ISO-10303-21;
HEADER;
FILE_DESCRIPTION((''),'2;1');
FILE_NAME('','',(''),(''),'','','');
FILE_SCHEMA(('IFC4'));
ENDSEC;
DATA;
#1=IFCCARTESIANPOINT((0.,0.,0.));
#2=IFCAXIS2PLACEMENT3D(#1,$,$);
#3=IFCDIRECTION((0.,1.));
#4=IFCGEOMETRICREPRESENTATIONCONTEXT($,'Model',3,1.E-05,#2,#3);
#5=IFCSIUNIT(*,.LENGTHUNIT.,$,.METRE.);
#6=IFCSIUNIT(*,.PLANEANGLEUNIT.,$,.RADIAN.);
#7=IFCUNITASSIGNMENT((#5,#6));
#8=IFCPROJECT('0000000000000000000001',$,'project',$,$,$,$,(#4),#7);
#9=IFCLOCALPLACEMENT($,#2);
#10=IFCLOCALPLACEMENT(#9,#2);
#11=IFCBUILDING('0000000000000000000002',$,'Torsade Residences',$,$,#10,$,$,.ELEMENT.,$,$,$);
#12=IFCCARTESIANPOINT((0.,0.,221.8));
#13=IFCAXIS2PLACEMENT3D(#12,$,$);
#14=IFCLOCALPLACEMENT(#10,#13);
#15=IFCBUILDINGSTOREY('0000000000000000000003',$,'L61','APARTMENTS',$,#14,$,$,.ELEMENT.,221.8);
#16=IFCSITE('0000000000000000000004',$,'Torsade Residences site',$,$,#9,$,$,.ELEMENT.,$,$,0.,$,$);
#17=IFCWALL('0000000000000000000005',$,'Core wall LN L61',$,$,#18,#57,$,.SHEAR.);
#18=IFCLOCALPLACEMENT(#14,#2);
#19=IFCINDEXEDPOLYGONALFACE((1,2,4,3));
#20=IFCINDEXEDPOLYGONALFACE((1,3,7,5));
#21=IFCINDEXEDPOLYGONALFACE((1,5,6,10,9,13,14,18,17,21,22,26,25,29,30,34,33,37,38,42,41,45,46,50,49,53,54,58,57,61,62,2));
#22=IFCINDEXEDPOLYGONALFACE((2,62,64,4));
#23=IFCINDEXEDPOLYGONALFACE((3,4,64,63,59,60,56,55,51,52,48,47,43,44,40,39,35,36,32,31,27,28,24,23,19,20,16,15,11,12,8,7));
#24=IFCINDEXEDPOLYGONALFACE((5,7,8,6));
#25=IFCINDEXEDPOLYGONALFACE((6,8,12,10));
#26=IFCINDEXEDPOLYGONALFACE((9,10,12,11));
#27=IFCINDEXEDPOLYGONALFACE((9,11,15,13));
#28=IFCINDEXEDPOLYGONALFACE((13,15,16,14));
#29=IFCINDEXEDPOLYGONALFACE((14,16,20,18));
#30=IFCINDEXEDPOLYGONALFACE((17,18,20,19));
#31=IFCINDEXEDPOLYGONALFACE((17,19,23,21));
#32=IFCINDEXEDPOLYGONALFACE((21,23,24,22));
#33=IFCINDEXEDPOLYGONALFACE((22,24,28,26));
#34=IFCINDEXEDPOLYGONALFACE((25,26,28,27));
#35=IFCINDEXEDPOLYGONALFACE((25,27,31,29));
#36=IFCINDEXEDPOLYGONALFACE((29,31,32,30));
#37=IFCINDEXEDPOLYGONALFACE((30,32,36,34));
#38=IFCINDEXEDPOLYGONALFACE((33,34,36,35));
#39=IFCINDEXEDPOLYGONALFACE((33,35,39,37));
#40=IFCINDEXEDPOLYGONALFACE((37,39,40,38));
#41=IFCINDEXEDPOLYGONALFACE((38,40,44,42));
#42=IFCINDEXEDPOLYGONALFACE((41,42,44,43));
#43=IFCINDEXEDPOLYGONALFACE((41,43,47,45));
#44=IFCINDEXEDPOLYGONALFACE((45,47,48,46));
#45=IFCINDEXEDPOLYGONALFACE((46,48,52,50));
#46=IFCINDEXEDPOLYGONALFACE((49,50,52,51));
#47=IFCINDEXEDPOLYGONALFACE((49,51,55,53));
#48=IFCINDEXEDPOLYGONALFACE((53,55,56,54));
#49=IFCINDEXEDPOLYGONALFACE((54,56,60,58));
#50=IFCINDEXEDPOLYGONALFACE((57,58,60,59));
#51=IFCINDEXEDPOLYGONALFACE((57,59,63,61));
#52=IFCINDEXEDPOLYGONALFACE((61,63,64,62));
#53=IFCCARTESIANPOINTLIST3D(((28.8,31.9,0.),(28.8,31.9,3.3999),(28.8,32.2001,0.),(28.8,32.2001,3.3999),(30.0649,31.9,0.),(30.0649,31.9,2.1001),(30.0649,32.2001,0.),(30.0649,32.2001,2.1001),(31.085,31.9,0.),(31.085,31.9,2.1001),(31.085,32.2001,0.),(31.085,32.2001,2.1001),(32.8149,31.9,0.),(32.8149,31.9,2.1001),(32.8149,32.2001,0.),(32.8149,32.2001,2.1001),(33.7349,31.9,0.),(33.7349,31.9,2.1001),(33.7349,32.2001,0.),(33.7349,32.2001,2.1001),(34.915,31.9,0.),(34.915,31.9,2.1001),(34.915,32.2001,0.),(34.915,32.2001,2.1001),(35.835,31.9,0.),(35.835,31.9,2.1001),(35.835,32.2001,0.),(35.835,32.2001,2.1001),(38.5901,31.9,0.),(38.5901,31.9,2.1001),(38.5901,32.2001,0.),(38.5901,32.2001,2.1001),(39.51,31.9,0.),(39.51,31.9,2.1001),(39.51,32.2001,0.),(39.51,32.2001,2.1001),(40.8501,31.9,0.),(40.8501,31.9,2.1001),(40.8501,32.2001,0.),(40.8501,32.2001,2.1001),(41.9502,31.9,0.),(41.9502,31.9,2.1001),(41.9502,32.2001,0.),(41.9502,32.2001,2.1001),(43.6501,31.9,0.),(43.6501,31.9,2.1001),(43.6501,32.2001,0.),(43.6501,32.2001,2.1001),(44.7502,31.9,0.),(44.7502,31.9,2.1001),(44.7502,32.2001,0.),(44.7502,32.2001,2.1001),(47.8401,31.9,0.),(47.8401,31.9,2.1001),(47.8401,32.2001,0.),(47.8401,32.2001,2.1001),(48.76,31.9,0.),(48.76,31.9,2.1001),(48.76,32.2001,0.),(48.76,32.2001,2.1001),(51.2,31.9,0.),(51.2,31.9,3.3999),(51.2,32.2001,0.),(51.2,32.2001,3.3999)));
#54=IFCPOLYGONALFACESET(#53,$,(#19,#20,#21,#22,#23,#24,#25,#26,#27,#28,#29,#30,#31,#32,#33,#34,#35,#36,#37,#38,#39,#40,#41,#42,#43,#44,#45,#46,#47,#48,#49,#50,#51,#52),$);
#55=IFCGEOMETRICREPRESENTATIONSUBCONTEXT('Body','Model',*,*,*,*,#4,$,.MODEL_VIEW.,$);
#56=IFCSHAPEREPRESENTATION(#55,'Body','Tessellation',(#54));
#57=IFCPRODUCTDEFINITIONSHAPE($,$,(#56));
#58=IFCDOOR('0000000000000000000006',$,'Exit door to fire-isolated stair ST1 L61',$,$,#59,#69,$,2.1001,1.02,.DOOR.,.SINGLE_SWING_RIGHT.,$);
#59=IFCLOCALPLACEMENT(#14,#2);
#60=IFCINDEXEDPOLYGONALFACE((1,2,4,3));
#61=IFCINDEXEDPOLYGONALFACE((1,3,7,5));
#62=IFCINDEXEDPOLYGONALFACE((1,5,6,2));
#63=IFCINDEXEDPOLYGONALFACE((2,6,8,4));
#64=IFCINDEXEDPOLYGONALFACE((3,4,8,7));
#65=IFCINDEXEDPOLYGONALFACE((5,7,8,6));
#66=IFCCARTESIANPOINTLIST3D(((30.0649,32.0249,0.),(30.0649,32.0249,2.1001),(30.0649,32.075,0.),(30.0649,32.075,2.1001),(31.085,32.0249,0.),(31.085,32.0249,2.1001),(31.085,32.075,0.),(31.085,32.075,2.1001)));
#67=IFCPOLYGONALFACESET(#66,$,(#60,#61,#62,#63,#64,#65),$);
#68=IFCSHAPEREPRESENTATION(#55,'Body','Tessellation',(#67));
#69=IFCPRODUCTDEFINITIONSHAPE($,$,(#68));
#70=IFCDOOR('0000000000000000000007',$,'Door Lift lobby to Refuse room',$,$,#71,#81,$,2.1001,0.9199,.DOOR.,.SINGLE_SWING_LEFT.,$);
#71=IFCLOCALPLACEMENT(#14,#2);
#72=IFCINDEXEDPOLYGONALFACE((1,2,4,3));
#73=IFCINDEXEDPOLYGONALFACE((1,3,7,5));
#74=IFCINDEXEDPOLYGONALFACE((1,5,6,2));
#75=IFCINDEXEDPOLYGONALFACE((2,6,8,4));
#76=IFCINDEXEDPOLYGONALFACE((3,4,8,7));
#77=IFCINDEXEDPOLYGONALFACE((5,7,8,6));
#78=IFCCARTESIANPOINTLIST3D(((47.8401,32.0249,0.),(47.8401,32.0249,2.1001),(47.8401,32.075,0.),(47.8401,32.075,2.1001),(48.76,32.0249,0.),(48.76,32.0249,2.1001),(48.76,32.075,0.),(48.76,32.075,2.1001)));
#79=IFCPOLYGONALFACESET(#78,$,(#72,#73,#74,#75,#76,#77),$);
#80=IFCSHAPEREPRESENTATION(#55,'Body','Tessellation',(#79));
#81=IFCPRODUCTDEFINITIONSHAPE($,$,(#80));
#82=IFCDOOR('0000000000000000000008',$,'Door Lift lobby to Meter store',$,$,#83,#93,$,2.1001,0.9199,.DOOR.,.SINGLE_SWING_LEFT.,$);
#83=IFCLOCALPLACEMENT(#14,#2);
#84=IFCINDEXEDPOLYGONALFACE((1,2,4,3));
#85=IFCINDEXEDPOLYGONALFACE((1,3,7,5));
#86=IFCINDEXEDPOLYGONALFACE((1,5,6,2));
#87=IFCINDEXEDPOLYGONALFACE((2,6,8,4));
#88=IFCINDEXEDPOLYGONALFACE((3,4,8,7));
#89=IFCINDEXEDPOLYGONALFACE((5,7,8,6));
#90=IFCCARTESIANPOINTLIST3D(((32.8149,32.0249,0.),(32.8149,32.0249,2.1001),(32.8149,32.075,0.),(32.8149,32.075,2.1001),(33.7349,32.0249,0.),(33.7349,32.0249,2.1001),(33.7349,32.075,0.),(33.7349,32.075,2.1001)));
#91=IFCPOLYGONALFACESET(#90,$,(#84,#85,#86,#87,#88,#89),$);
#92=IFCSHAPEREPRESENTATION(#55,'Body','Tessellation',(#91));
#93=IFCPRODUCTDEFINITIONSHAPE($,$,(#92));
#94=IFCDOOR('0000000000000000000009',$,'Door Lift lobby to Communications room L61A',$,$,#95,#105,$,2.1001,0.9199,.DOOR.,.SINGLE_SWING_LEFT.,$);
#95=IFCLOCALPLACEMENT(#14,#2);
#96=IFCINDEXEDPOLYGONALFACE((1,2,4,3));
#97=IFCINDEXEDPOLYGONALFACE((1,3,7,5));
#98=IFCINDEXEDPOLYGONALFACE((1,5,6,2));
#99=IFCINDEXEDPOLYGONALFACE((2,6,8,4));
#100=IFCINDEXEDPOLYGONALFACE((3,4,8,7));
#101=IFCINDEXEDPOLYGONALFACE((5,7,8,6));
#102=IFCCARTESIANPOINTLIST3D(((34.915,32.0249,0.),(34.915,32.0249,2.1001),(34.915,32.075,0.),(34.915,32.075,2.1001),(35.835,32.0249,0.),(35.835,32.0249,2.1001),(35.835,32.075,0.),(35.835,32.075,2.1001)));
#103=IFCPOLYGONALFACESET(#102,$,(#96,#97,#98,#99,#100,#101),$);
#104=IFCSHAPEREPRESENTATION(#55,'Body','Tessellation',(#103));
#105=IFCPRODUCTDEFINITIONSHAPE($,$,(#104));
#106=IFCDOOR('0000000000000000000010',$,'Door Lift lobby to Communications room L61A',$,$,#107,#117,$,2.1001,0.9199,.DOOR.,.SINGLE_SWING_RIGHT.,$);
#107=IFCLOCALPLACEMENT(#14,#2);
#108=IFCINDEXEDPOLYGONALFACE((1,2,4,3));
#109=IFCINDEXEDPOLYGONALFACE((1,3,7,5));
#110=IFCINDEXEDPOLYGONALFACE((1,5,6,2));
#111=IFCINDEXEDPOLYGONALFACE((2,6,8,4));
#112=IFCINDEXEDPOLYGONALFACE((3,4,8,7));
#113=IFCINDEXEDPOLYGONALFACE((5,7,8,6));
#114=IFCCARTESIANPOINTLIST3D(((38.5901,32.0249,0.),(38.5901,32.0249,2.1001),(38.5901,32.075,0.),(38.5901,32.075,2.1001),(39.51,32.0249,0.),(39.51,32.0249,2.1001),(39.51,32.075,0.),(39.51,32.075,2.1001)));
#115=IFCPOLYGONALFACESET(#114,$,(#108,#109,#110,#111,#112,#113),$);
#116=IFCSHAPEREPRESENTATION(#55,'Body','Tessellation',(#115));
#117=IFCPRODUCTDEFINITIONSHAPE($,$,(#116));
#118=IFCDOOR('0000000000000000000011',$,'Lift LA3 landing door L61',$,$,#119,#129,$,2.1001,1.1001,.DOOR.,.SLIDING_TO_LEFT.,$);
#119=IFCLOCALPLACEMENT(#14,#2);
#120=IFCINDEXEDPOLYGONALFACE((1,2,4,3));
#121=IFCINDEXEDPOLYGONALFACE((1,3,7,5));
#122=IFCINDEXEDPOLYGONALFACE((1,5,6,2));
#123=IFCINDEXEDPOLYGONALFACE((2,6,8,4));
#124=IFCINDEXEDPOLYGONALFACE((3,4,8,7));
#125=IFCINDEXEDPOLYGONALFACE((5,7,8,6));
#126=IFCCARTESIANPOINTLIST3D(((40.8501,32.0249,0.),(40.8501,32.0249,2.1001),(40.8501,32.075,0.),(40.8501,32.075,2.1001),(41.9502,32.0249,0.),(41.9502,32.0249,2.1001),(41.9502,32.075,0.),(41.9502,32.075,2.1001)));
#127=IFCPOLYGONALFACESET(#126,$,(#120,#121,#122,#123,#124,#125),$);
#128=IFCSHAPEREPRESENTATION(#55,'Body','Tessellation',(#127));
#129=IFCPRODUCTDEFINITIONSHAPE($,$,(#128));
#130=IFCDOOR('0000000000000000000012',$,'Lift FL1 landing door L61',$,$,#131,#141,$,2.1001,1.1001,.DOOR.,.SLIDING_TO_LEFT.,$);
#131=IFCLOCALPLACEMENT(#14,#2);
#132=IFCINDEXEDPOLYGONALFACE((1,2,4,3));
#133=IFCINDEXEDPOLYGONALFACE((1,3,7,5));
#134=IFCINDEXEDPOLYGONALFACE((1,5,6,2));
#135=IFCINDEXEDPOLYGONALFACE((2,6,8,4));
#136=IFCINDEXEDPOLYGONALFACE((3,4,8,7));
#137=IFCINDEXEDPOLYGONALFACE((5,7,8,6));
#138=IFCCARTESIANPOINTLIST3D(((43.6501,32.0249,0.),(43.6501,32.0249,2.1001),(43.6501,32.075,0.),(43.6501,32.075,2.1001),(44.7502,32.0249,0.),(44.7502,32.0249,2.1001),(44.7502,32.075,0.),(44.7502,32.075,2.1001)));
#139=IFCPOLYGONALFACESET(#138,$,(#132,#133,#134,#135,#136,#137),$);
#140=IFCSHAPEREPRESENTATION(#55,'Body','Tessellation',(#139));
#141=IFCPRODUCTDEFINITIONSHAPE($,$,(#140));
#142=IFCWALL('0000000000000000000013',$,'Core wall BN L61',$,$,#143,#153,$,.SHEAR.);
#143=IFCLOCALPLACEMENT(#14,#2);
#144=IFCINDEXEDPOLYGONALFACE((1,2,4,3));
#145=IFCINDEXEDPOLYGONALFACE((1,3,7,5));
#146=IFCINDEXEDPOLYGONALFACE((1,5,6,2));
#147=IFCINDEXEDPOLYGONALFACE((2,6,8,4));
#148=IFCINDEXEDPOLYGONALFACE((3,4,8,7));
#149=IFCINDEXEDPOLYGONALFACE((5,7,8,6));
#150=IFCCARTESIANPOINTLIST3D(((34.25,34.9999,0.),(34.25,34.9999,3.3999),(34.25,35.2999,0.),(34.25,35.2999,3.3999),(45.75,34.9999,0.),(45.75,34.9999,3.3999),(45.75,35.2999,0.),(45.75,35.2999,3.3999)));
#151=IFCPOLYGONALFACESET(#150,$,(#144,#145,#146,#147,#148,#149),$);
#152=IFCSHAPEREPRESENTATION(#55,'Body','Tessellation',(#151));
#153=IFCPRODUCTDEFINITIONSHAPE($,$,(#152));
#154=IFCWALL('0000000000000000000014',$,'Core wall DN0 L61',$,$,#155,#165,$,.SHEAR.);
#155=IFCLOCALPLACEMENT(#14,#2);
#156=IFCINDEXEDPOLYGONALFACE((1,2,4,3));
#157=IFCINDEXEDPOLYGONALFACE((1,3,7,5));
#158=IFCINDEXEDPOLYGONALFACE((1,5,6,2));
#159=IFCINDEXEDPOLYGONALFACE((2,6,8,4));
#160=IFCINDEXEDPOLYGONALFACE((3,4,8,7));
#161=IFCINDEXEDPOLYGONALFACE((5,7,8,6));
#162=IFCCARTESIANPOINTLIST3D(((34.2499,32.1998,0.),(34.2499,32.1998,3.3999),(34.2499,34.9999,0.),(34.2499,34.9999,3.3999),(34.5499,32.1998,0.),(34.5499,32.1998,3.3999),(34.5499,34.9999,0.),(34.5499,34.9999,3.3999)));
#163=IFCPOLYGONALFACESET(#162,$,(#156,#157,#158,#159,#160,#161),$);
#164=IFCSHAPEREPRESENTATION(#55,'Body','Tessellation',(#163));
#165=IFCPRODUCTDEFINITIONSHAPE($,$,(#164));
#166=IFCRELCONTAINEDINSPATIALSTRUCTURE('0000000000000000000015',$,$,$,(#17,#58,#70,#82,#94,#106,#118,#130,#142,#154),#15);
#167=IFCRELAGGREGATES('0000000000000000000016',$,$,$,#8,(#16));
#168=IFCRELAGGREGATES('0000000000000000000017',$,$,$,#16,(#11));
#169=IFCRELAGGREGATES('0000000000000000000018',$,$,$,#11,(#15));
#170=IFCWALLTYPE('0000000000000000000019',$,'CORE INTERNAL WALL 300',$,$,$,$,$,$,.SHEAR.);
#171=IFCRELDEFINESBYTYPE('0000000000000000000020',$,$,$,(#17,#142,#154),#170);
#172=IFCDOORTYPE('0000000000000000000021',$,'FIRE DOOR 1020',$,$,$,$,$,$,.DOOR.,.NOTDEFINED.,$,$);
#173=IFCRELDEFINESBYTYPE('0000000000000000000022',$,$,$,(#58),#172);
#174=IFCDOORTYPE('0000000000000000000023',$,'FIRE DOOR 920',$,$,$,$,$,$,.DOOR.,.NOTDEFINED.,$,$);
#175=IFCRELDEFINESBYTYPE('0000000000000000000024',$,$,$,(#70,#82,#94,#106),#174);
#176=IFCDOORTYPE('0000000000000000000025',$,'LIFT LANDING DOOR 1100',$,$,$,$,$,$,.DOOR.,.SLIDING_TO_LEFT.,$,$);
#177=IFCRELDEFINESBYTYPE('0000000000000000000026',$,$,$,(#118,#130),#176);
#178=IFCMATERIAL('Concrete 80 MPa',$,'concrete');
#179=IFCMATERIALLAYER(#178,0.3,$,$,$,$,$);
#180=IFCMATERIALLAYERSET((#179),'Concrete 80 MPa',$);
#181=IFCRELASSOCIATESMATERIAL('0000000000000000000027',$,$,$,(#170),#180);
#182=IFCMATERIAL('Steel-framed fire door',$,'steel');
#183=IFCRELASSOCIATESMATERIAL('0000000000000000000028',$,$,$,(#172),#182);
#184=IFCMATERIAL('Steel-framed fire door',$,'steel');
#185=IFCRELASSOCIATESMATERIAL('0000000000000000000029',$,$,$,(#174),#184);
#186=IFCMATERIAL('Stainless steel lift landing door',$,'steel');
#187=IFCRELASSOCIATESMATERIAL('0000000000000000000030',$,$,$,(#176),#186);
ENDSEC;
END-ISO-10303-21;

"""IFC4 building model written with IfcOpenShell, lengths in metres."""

from ifc_helpers import new_model, si_unit, direction, frame, frame_2d, origin, place, context, subcontext, project, spatial, rectangle, extrude, material, layer, layer_set, type_object, element, fill, save


model = new_model("IFC4")

# Units and contexts
model_context = context("Model", 3, precision=1e-05, world=origin(), true_north=direction((0.0, 1.0)))
body_context = subcontext(model_context, "Body", "Model", "MODEL_VIEW")
ifc_project = project(units=[si_unit("LENGTHUNIT", "METRE"), si_unit("PLANEANGLEUNIT", "RADIAN")], contexts=[model_context])

# Site, building, storey
site_placement = place(None, origin())
site = spatial("IfcSite", under=ifc_project, at=site_placement, Name="Torsade Residences site", CompositionType="ELEMENT", RefElevation=0.0)
building_placement = place(site_placement, origin())
building = spatial("IfcBuilding", under=site, at=building_placement, Name="Torsade Residences", CompositionType="ELEMENT")
storey_placement = place(building_placement, frame((0.0, 0.0, 221.8)))
storey = spatial("IfcBuildingStorey", under=building, at=storey_placement, Name="L61", Description="APARTMENTS", CompositionType="ELEMENT", Elevation=221.8)

# Wall, openings, doors
ifc_material_1 = material(Name="Concrete 80 MPa", Category="concrete")
ifc_layer_1 = layer(ifc_material_1, 0.3)
ifc_layer_set_1 = layer_set([ifc_layer_1], Name="Concrete 80 MPa")
wall_type_1 = type_object("IfcWallType", Name="CORE INTERNAL WALL 300", PredefinedType="SHEAR", material=ifc_layer_set_1)
wall_1_placement = place(storey_placement, frame((28.8, 32.05, 0.0), z_axis=(0.0, 0.0, 1.0), x_axis=(1.0, 0.0, 0.0)))
wall_1 = element("IfcWall", 1, at=wall_1_placement, inside=storey, type_object=wall_type_1, Name="Core wall LN L61", PredefinedType="SHEAR", context=body_context, shape_type="SweptSolid", body=[
    extrude(rectangle(XDim=22.3999, YDim=0.3, at=frame_2d((11.2, 0.0))), origin(), (0.0, 0.0, 1.0), 3.3999),
])
opening_1_placement = place(wall_1_placement, frame((19.04, 0.0, 0.0)))
opening_1 = element("IfcOpeningElement", 2, at=opening_1_placement, cuts=wall_1, PredefinedType="OPENING", context=body_context, shape_type="SweptSolid", body=[
    extrude(rectangle(XDim=0.9199, YDim=2.1001, at=frame_2d((0.46, 1.05))), frame((0.0, 0.1599, 0.0), z_axis=(0.0, -1.0, 0.0), x_axis=(1.0, 0.0, 0.0)), (0.0, 0.0, 1.0), 0.3201),
])
opening_2_placement = place(wall_1_placement, frame((1.2649, 0.0, 0.0)))
opening_2 = element("IfcOpeningElement", 3, at=opening_2_placement, cuts=wall_1, PredefinedType="OPENING", context=body_context, shape_type="SweptSolid", body=[
    extrude(rectangle(XDim=1.02, YDim=2.1001, at=frame_2d((0.51, 1.05))), frame((0.0, 0.1599, 0.0), z_axis=(0.0, -1.0, 0.0), x_axis=(1.0, 0.0, 0.0)), (0.0, 0.0, 1.0), 0.3201),
])
opening_3_placement = place(wall_1_placement, frame((4.0149, 0.0, 0.0)))
opening_3 = element("IfcOpeningElement", 4, at=opening_3_placement, cuts=wall_1, PredefinedType="OPENING", context=body_context, shape_type="SweptSolid", body=[
    extrude(rectangle(XDim=0.9199, YDim=2.1001, at=frame_2d((0.46, 1.05))), frame((0.0, 0.1599, 0.0), z_axis=(0.0, -1.0, 0.0), x_axis=(1.0, 0.0, 0.0)), (0.0, 0.0, 1.0), 0.3201),
])
opening_4_placement = place(wall_1_placement, frame((6.115, 0.0, 0.0)))
opening_4 = element("IfcOpeningElement", 5, at=opening_4_placement, cuts=wall_1, PredefinedType="OPENING", context=body_context, shape_type="SweptSolid", body=[
    extrude(rectangle(XDim=0.9199, YDim=2.1001, at=frame_2d((0.46, 1.05))), frame((0.0, 0.1599, 0.0), z_axis=(0.0, -1.0, 0.0), x_axis=(1.0, 0.0, 0.0)), (0.0, 0.0, 1.0), 0.3201),
])
opening_5_placement = place(wall_1_placement, frame((9.79, 0.0, 0.0)))
opening_5 = element("IfcOpeningElement", 6, at=opening_5_placement, cuts=wall_1, PredefinedType="OPENING", context=body_context, shape_type="SweptSolid", body=[
    extrude(rectangle(XDim=0.9199, YDim=2.1001, at=frame_2d((0.46, 1.05))), frame((0.0, 0.1599, 0.0), z_axis=(0.0, -1.0, 0.0), x_axis=(1.0, 0.0, 0.0)), (0.0, 0.0, 1.0), 0.3201),
])
opening_6_placement = place(wall_1_placement, frame((12.05, 0.0, 0.0)))
opening_6 = element("IfcOpeningElement", 7, at=opening_6_placement, cuts=wall_1, PredefinedType="OPENING", context=body_context, shape_type="SweptSolid", body=[
    extrude(rectangle(XDim=1.1001, YDim=2.1001, at=frame_2d((0.55, 1.05))), frame((0.0, 0.1599, 0.0), z_axis=(0.0, -1.0, 0.0), x_axis=(1.0, 0.0, 0.0)), (0.0, 0.0, 1.0), 0.3201),
])
opening_7_placement = place(wall_1_placement, frame((14.8501, 0.0, 0.0)))
opening_7 = element("IfcOpeningElement", 8, at=opening_7_placement, cuts=wall_1, PredefinedType="OPENING", context=body_context, shape_type="SweptSolid", body=[
    extrude(rectangle(XDim=1.1001, YDim=2.1001, at=frame_2d((0.55, 1.05))), frame((0.0, 0.1599, 0.0), z_axis=(0.0, -1.0, 0.0), x_axis=(1.0, 0.0, 0.0)), (0.0, 0.0, 1.0), 0.3201),
])
ifc_material_2 = material(Name="Steel-framed fire door", Category="steel")
door_type_1 = type_object("IfcDoorType", Name="FIRE DOOR 1020", OperationType="NOTDEFINED", PredefinedType="DOOR", material=ifc_material_2)
door_1_placement = place(opening_2_placement, origin())
door_1 = element("IfcDoor", 9, at=door_1_placement, inside=storey, type_object=door_type_1, Name="Exit door to fire-isolated stair ST1 L61", OperationType="SINGLE_SWING_RIGHT", OverallHeight=2.1001, OverallWidth=1.02, PredefinedType="DOOR", context=body_context, shape_type="SweptSolid", body=[
    extrude(rectangle(XDim=1.02, YDim=2.1001, at=frame_2d((0.51, 1.05))), frame((0.0, 0.0249, 0.0), z_axis=(0.0, -1.0, 0.0), x_axis=(1.0, 0.0, 0.0)), (0.0, 0.0, 1.0), 0.05),
])
fill(opening_2, door_1)
ifc_material_3 = material(Name="Steel-framed fire door", Category="steel")
door_type_2 = type_object("IfcDoorType", Name="FIRE DOOR 920", OperationType="NOTDEFINED", PredefinedType="DOOR", material=ifc_material_3)
door_2_placement = place(opening_1_placement, origin())
door_2 = element("IfcDoor", 10, at=door_2_placement, inside=storey, type_object=door_type_2, Name="Door Lift lobby to Refuse room", OperationType="SINGLE_SWING_LEFT", OverallHeight=2.1001, OverallWidth=0.9199, PredefinedType="DOOR", context=body_context, shape_type="SweptSolid", body=[
    extrude(rectangle(XDim=0.9199, YDim=2.1001, at=frame_2d((0.46, 1.05))), frame((0.0, 0.0249, 0.0), z_axis=(0.0, -1.0, 0.0), x_axis=(1.0, 0.0, 0.0)), (0.0, 0.0, 1.0), 0.05),
])
fill(opening_1, door_2)
door_3_placement = place(opening_3_placement, origin())
door_3 = element("IfcDoor", 11, at=door_3_placement, inside=storey, type_object=door_type_2, Name="Door Lift lobby to Meter store", OperationType="SINGLE_SWING_LEFT", OverallHeight=2.1001, OverallWidth=0.9199, PredefinedType="DOOR", context=body_context, shape_type="SweptSolid", body=[
    extrude(rectangle(XDim=0.9199, YDim=2.1001, at=frame_2d((0.46, 1.05))), frame((0.0, 0.0249, 0.0), z_axis=(0.0, -1.0, 0.0), x_axis=(1.0, 0.0, 0.0)), (0.0, 0.0, 1.0), 0.05),
])
fill(opening_3, door_3)
door_4_placement = place(opening_4_placement, origin())
door_4 = element("IfcDoor", 12, at=door_4_placement, inside=storey, type_object=door_type_2, Name="Door Lift lobby to Communications room L61A", OperationType="SINGLE_SWING_LEFT", OverallHeight=2.1001, OverallWidth=0.9199, PredefinedType="DOOR", context=body_context, shape_type="SweptSolid", body=[
    extrude(rectangle(XDim=0.9199, YDim=2.1001, at=frame_2d((0.46, 1.05))), frame((0.0, 0.0249, 0.0), z_axis=(0.0, -1.0, 0.0), x_axis=(1.0, 0.0, 0.0)), (0.0, 0.0, 1.0), 0.05),
])
fill(opening_4, door_4)
door_5_placement = place(opening_5_placement, origin())
door_5 = element("IfcDoor", 13, at=door_5_placement, inside=storey, type_object=door_type_2, Name="Door Lift lobby to Communications room L61A", OperationType="SINGLE_SWING_RIGHT", OverallHeight=2.1001, OverallWidth=0.9199, PredefinedType="DOOR", context=body_context, shape_type="SweptSolid", body=[
    extrude(rectangle(XDim=0.9199, YDim=2.1001, at=frame_2d((0.46, 1.05))), frame((0.0, 0.0249, 0.0), z_axis=(0.0, -1.0, 0.0), x_axis=(1.0, 0.0, 0.0)), (0.0, 0.0, 1.0), 0.05),
])
fill(opening_5, door_5)
ifc_material_4 = material(Name="Stainless steel lift landing door", Category="steel")
door_type_3 = type_object("IfcDoorType", Name="LIFT LANDING DOOR 1100", OperationType="SLIDING_TO_LEFT", PredefinedType="DOOR", material=ifc_material_4)
door_6_placement = place(opening_6_placement, origin())
door_6 = element("IfcDoor", 14, at=door_6_placement, inside=storey, type_object=door_type_3, Name="Lift LA3 landing door L61", OperationType="SLIDING_TO_LEFT", OverallHeight=2.1001, OverallWidth=1.1001, PredefinedType="DOOR", context=body_context, shape_type="SweptSolid", body=[
    extrude(rectangle(XDim=1.1001, YDim=2.1001, at=frame_2d((0.55, 1.05))), frame((0.0, 0.0249, 0.0), z_axis=(0.0, -1.0, 0.0), x_axis=(1.0, 0.0, 0.0)), (0.0, 0.0, 1.0), 0.05),
])
fill(opening_6, door_6)
door_7_placement = place(opening_7_placement, origin())
door_7 = element("IfcDoor", 15, at=door_7_placement, inside=storey, type_object=door_type_3, Name="Lift FL1 landing door L61", OperationType="SLIDING_TO_LEFT", OverallHeight=2.1001, OverallWidth=1.1001, PredefinedType="DOOR", context=body_context, shape_type="SweptSolid", body=[
    extrude(rectangle(XDim=1.1001, YDim=2.1001, at=frame_2d((0.55, 1.05))), frame((0.0, 0.0249, 0.0), z_axis=(0.0, -1.0, 0.0), x_axis=(1.0, 0.0, 0.0)), (0.0, 0.0, 1.0), 0.05),
])
fill(opening_7, door_7)

# Walls
wall_2_placement = place(storey_placement, frame((34.25, 35.1499, 0.0), z_axis=(0.0, 0.0, 1.0), x_axis=(1.0, 0.0, 0.0)))
element("IfcWall", 16, at=wall_2_placement, inside=storey, type_object=wall_type_1, Name="Core wall BN L61", PredefinedType="SHEAR", context=body_context, shape_type="SweptSolid", body=[
    extrude(rectangle(XDim=11.5, YDim=0.3, at=frame_2d((5.75, 0.0))), origin(), (0.0, 0.0, 1.0), 3.3999),
])
wall_3_placement = place(storey_placement, frame((34.3999, 32.2, 0.0), z_axis=(0.0, 0.0, 1.0), x_axis=(0.0, 1.0, 0.0)))
element("IfcWall", 17, at=wall_3_placement, inside=storey, type_object=wall_type_1, Name="Core wall DN0 L61", PredefinedType="SHEAR", context=body_context, shape_type="SweptSolid", body=[
    extrude(rectangle(XDim=2.8, YDim=0.3, at=frame_2d((1.3999, 0.0))), origin(), (0.0, 0.0, 1.0), 3.3999),
])

save(model, "model.ifc")
